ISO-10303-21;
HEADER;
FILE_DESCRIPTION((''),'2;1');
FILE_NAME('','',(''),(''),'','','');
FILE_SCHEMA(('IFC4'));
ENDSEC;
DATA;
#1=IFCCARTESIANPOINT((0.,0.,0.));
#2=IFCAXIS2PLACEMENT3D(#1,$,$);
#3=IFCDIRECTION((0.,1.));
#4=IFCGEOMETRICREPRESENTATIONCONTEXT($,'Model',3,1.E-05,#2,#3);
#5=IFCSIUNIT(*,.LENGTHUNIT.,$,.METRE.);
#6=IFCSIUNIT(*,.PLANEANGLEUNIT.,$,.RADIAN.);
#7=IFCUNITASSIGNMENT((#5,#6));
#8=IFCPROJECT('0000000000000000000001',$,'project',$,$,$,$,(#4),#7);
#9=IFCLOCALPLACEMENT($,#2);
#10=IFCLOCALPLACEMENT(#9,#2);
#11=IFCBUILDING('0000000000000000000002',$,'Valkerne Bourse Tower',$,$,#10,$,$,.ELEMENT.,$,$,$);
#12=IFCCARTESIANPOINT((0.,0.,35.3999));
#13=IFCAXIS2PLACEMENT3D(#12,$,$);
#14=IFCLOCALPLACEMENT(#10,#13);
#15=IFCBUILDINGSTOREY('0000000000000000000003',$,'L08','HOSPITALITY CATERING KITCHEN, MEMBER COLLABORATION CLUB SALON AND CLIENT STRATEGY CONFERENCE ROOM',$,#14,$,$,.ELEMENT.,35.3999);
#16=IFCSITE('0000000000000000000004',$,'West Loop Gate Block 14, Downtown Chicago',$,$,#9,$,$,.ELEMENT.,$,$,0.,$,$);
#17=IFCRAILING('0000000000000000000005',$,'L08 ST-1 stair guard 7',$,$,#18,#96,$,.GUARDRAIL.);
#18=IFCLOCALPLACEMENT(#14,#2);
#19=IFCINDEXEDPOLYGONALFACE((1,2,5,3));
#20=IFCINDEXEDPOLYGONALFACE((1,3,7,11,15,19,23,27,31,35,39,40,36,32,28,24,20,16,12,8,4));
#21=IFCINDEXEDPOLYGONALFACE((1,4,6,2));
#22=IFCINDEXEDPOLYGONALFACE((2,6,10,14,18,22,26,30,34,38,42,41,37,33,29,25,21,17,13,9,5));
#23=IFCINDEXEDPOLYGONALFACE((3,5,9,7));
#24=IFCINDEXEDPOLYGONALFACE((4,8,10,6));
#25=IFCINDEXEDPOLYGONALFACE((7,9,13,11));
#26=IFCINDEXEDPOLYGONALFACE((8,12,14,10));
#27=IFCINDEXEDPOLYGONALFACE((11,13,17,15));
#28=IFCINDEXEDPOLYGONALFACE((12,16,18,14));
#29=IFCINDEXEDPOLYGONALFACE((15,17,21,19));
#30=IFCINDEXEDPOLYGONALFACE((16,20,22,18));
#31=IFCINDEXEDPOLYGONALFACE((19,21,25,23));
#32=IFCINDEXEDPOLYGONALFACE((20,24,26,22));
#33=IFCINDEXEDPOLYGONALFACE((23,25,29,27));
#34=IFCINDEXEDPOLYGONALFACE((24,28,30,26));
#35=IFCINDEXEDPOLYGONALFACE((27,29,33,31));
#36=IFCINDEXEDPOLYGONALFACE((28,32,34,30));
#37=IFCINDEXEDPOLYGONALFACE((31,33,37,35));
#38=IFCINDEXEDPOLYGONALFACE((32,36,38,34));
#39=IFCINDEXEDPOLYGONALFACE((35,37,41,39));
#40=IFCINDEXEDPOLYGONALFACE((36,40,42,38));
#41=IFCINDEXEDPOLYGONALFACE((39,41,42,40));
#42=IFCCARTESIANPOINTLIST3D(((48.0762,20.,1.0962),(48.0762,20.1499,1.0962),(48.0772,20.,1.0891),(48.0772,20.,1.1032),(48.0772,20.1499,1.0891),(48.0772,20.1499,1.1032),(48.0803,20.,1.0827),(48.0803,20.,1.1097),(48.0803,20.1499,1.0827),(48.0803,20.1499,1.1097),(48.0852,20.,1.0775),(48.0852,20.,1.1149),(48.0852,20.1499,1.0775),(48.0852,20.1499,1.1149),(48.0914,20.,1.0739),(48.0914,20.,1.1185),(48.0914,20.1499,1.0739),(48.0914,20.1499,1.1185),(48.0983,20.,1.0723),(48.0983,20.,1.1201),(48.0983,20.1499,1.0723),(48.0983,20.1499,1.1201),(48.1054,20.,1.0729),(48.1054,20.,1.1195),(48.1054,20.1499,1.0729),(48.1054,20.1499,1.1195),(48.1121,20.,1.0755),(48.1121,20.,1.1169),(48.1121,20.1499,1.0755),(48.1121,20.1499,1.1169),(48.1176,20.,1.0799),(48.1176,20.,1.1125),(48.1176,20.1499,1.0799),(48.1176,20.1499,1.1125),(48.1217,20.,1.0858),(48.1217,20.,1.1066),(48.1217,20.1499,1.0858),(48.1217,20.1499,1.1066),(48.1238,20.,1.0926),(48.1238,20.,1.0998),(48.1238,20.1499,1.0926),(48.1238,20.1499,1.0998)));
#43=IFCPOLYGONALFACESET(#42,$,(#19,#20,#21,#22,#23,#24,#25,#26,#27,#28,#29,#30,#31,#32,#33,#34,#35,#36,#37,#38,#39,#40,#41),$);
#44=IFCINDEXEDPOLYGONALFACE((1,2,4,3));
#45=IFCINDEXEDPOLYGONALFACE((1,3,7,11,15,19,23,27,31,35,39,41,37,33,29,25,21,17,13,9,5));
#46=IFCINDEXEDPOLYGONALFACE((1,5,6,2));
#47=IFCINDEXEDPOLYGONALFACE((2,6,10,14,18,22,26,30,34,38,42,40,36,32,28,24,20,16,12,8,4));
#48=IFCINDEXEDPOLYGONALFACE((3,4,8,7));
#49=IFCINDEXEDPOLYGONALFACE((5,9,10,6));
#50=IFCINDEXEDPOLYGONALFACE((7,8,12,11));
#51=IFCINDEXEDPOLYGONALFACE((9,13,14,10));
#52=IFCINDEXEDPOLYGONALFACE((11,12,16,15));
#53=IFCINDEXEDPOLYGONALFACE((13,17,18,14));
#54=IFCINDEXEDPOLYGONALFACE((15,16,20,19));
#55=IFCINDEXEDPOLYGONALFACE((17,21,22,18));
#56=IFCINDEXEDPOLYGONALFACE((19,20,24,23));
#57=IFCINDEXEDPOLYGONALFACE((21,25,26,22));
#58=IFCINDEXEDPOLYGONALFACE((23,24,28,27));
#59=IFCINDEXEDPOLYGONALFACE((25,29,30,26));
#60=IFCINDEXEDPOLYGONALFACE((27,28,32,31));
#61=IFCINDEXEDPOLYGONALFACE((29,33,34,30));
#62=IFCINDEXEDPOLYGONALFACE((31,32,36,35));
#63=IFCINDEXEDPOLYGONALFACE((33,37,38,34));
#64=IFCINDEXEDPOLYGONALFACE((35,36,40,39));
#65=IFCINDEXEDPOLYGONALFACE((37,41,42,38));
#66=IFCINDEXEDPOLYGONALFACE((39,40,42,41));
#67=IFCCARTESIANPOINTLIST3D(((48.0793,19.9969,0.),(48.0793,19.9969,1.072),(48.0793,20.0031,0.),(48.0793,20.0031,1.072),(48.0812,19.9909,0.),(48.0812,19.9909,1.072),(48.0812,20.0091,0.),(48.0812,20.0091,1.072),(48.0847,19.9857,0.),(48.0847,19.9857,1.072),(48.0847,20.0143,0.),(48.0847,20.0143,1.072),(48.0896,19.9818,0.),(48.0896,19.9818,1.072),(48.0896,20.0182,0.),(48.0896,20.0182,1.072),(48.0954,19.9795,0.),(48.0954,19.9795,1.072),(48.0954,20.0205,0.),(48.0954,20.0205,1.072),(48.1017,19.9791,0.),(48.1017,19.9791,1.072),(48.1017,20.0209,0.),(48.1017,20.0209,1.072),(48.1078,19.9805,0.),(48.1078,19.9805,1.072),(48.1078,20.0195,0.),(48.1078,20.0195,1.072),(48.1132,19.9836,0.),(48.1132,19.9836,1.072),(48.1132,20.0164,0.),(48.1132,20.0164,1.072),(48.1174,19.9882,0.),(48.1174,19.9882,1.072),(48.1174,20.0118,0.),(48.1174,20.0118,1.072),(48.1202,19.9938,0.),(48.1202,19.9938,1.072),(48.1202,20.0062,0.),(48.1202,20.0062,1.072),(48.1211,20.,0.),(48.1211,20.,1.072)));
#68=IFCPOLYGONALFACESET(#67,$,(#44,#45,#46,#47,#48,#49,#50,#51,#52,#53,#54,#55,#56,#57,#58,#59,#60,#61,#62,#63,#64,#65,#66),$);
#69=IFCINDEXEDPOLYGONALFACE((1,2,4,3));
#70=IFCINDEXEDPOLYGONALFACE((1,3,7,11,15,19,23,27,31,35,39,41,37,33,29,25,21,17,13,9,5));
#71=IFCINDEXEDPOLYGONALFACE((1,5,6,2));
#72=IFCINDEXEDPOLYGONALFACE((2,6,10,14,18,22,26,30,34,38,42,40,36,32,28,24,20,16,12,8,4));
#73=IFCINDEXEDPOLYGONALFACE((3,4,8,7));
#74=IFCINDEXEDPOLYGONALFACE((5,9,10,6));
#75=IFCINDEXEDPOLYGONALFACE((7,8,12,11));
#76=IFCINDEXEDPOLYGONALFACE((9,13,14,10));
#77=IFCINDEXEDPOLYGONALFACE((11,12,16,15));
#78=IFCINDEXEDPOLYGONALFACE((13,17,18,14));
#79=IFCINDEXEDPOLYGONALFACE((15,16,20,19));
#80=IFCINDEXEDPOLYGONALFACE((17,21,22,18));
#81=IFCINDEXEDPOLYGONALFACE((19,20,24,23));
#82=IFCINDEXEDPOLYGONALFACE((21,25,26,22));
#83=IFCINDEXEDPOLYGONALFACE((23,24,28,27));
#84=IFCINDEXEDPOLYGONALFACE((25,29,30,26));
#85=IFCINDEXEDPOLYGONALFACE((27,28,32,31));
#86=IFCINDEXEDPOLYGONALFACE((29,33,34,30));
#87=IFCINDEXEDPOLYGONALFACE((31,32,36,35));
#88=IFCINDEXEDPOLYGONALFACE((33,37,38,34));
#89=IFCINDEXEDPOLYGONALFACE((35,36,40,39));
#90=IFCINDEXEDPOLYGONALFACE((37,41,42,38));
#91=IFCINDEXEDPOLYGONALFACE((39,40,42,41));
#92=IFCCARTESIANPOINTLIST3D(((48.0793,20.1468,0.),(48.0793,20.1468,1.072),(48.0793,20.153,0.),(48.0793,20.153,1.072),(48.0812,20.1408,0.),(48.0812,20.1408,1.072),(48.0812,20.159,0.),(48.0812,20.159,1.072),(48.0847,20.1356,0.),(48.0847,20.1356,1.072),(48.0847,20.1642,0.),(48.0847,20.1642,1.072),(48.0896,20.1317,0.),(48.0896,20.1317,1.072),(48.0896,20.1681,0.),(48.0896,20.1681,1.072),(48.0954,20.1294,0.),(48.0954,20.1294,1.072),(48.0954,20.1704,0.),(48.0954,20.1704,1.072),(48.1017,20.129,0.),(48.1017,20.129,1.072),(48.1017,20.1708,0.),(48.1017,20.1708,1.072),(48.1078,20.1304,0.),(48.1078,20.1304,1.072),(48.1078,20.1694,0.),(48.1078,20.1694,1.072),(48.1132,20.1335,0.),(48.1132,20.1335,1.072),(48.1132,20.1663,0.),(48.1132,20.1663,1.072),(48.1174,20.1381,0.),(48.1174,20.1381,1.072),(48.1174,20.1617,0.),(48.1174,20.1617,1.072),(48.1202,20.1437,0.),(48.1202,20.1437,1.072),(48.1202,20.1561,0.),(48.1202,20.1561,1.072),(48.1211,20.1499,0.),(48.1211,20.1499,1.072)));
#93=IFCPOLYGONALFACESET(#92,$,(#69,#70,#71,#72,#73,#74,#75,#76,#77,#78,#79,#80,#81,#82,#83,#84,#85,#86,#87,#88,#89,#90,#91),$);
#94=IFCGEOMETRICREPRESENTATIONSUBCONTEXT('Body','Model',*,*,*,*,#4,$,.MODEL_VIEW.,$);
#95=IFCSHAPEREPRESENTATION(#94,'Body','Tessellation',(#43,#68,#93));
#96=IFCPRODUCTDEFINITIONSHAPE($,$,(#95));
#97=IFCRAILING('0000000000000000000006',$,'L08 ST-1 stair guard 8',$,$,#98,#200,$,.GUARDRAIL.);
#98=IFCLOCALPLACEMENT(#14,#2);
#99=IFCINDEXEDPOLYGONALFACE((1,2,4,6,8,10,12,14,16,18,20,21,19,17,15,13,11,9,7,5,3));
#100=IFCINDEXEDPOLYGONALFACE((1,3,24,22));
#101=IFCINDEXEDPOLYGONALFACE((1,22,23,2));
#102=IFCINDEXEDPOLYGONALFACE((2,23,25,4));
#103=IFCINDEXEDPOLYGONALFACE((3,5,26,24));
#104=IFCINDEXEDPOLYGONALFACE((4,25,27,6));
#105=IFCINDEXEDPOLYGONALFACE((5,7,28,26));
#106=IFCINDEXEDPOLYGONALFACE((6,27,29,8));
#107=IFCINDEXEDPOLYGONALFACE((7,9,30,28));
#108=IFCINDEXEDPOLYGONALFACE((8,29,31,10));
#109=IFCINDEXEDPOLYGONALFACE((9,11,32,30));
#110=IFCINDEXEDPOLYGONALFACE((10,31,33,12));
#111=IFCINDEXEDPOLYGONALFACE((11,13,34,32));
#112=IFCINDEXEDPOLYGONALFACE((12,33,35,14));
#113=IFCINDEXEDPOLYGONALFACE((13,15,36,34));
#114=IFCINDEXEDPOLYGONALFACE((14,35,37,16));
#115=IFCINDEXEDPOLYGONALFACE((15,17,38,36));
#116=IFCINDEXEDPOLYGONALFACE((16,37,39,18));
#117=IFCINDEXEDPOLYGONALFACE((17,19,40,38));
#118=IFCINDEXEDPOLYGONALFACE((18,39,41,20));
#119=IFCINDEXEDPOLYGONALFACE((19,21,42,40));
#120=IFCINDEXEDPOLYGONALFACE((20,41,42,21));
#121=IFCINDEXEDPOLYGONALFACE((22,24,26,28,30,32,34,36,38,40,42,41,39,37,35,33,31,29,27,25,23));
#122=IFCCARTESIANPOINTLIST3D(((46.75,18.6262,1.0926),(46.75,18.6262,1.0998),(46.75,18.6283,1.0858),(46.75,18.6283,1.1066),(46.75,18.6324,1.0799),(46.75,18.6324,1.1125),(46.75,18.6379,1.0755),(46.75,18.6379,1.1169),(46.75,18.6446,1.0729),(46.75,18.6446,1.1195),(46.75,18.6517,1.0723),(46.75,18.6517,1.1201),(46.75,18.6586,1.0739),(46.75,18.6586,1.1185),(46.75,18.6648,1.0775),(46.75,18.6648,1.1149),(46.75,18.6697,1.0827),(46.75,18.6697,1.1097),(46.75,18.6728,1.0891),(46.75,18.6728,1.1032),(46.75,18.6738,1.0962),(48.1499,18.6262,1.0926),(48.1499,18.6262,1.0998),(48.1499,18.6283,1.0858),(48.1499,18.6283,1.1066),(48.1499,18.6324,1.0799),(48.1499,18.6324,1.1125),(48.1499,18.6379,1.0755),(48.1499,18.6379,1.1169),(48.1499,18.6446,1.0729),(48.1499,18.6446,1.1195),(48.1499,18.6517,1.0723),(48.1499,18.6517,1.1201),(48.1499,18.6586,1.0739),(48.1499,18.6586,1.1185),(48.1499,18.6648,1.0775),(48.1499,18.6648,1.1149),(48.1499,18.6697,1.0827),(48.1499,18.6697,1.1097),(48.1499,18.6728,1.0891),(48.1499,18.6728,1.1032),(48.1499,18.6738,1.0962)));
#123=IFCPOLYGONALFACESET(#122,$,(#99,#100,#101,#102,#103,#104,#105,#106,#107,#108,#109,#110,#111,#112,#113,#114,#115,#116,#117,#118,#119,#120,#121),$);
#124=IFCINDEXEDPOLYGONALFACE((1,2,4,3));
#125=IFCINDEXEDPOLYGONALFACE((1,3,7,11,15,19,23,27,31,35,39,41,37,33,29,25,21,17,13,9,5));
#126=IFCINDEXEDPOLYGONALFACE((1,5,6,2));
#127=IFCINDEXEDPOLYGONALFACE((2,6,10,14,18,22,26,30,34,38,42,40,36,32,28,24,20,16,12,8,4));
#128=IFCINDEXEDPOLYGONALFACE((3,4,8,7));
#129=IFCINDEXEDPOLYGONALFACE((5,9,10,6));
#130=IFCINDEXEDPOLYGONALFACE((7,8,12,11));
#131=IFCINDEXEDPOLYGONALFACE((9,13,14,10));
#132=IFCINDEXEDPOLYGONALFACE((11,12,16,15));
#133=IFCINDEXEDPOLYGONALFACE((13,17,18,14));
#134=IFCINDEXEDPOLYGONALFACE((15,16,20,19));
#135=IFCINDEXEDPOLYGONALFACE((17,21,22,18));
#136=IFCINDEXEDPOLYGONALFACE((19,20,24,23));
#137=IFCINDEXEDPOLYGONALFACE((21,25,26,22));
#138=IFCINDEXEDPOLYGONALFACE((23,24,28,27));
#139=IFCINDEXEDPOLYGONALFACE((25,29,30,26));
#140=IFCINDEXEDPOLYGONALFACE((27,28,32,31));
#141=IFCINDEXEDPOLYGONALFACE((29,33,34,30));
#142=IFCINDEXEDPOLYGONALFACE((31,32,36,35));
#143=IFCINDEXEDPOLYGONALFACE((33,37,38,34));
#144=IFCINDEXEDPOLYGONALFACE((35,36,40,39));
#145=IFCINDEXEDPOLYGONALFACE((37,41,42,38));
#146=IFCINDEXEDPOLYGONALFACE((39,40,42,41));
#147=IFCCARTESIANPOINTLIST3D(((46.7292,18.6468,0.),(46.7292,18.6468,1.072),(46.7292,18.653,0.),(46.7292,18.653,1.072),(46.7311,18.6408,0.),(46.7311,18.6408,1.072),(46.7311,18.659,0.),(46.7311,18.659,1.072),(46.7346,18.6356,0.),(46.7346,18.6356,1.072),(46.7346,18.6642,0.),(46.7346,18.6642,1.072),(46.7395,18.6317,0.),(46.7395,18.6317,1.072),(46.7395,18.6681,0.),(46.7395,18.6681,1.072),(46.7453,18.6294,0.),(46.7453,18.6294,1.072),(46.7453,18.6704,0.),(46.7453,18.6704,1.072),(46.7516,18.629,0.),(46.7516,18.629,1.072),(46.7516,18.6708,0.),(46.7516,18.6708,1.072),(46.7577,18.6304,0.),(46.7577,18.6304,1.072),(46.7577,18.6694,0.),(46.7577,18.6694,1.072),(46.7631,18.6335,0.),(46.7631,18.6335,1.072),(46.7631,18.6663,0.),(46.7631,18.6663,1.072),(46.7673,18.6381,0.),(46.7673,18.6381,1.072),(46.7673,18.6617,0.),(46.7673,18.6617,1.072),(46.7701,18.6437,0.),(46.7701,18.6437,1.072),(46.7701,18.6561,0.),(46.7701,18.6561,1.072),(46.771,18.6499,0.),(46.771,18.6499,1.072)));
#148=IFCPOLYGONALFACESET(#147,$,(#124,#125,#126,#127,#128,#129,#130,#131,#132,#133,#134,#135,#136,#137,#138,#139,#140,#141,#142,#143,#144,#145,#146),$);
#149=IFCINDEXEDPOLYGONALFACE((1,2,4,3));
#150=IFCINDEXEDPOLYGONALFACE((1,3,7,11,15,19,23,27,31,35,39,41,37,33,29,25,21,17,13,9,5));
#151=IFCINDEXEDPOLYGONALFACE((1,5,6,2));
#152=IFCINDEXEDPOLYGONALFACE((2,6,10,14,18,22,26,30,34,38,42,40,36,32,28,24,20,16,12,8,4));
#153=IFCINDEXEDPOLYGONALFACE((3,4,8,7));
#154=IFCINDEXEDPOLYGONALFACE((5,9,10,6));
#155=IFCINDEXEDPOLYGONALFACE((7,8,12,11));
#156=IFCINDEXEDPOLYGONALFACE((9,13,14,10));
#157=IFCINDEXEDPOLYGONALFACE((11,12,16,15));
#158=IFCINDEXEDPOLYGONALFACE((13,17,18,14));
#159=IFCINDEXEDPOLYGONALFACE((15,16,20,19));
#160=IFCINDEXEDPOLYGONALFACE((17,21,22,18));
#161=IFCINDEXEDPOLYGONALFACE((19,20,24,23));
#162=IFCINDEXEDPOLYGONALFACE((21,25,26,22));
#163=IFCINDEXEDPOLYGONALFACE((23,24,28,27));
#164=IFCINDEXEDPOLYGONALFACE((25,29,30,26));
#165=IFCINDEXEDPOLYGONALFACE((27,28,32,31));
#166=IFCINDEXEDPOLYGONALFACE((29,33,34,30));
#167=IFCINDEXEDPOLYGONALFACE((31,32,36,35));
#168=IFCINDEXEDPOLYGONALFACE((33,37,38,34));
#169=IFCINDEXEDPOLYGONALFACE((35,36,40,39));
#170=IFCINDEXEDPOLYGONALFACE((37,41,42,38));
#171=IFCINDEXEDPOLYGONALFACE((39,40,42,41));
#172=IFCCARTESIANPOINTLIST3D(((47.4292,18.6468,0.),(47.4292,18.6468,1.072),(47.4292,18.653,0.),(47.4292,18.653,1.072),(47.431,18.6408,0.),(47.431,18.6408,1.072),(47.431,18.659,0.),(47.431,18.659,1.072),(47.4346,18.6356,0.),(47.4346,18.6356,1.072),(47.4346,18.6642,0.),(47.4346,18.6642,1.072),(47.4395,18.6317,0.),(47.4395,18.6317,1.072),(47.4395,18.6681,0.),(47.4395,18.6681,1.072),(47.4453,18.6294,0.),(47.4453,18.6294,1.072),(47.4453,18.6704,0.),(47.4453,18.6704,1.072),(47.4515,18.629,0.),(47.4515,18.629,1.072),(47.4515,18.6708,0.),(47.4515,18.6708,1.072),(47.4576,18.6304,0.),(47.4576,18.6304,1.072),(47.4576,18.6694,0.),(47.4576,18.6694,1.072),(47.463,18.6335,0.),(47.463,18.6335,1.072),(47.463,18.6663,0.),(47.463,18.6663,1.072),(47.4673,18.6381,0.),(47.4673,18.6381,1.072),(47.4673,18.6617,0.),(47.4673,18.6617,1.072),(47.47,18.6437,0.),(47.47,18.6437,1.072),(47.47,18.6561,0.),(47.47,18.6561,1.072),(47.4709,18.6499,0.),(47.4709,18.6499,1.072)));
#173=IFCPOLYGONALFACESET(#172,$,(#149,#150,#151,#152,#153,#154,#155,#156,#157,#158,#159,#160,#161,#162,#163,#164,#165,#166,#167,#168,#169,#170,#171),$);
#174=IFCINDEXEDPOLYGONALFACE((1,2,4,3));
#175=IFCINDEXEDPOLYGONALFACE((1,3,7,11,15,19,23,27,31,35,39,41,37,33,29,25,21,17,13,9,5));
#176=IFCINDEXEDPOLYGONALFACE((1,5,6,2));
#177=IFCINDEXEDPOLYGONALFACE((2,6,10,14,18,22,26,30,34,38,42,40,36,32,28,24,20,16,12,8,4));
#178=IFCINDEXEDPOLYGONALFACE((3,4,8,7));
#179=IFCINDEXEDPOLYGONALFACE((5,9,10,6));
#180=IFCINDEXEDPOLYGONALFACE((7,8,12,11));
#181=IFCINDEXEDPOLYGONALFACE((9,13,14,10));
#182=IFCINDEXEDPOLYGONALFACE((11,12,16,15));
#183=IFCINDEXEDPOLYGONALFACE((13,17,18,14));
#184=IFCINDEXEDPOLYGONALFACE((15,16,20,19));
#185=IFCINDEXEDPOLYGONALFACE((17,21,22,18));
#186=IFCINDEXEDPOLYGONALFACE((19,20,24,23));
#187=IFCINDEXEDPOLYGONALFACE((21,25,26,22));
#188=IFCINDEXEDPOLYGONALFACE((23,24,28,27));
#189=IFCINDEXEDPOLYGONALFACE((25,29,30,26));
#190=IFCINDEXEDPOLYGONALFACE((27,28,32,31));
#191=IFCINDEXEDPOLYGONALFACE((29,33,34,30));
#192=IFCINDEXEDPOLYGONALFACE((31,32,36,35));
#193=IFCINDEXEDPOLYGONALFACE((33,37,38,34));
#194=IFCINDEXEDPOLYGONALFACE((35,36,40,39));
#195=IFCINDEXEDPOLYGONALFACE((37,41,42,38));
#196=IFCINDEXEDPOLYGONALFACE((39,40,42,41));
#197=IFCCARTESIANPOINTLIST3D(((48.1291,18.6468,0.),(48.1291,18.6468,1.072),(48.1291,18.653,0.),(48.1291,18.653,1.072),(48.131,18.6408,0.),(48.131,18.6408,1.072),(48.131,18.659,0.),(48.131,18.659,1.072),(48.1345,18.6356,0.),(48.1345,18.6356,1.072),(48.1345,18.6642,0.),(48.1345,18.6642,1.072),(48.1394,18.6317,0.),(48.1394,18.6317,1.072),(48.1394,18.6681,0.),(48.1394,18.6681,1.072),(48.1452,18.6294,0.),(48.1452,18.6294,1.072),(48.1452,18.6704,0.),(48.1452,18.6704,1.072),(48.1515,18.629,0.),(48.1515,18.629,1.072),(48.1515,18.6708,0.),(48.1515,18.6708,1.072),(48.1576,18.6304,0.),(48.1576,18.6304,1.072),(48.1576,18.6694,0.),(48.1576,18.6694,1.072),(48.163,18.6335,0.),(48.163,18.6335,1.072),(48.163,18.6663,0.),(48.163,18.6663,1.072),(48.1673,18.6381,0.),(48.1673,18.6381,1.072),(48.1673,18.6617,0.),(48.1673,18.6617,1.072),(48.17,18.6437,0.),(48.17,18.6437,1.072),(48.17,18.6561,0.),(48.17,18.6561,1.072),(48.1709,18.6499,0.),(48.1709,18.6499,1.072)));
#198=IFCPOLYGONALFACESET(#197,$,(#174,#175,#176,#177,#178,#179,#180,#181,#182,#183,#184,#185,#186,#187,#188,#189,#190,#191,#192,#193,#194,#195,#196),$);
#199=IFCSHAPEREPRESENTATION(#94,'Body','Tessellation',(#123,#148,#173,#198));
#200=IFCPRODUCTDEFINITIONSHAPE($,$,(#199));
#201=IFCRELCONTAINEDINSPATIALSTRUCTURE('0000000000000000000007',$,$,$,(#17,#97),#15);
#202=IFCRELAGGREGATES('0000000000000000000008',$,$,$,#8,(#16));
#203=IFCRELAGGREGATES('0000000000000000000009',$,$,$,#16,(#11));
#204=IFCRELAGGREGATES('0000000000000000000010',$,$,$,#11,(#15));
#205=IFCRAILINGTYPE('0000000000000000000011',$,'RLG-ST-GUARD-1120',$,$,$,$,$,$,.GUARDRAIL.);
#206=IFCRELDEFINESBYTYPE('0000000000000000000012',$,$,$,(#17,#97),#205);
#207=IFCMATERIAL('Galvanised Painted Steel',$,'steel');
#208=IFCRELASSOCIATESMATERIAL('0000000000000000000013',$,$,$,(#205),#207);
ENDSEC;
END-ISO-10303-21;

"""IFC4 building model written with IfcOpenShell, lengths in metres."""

from ifc_helpers import new_model, si_unit, direction, frame, origin, origin_2d, place, context, subcontext, project, spatial, circle, extrude, material, type_object, element, save


model = new_model("IFC4")

# Units and contexts
model_context = context("Model", 3, precision=1e-05, world=origin(), true_north=direction((0.0, 1.0)))
body_context = subcontext(model_context, "Body", "Model", "MODEL_VIEW")
ifc_project = project(units=[si_unit("LENGTHUNIT", "METRE"), si_unit("PLANEANGLEUNIT", "RADIAN")], contexts=[model_context])

# Site, building, storey
site_placement = place(None, origin())
site = spatial("IfcSite", under=ifc_project, at=site_placement, Name="West Loop Gate Block 14, Downtown Chicago", CompositionType="ELEMENT", RefElevation=0.0)
building_placement = place(site_placement, origin())
building = spatial("IfcBuilding", under=site, at=building_placement, Name="Valkerne Bourse Tower", CompositionType="ELEMENT")
storey_placement = place(building_placement, frame((0.0, 0.0, 35.3999)))
storey = spatial("IfcBuildingStorey", under=building, at=storey_placement, Name="L08", Description="HOSPITALITY CATERING KITCHEN, MEMBER COLLABORATION CLUB SALON AND CLIENT STRATEGY CONFERENCE ROOM", CompositionType="ELEMENT", Elevation=35.3999)

# Shared definitions
ifc_material_1 = material(Name="Galvanised Painted Steel", Category="steel")

# Railings
railing_type_1 = type_object("IfcRailingType", Name="RLG-ST-GUARD-1120", PredefinedType="GUARDRAIL", material=ifc_material_1)
railing_1_placement = place(storey_placement, frame((48.1001, 20.0, 0.0)))
element("IfcRailing", 1, at=railing_1_placement, inside=storey, type_object=railing_type_1, Name="L08 ST-1 stair guard 7", PredefinedType="GUARDRAIL", context=body_context, shape_type="SweptSolid", body=[
    extrude(circle(Radius=0.0239, at=origin_2d()), frame((0.0, 0.0, 1.0962), z_axis=(0.0, 1.0, 0.0), x_axis=(-1.0, 0.0, 0.0)), (0.0, 0.0, 1.0), 0.1499),
    extrude(circle(Radius=0.021, at=origin_2d()), origin(), (0.0, 0.0, 1.0), 1.072),
    extrude(circle(Radius=0.021, at=origin_2d()), frame((0.0, 0.1499, 0.0)), (0.0, 0.0, 1.0), 1.072),
])
for number, where, name in (
    (2, (46.75, 18.6499, 0.0), "L08 ST-1 stair guard 8"),
):
    element("IfcRailing", number, at=place(storey_placement, frame(where)), inside=storey, type_object=railing_type_1, Name=name, PredefinedType="GUARDRAIL", context=body_context, shape_type="SweptSolid", body=[
        extrude(circle(Radius=0.0239, at=origin_2d()), frame((0.0, 0.0, 1.0962), z_axis=(1.0, 0.0, 0.0), x_axis=(0.0, 1.0, 0.0)), (0.0, 0.0, 1.0), 1.3999),
        extrude(circle(Radius=0.021, at=origin_2d()), origin(), (0.0, 0.0, 1.0), 1.072),
        extrude(circle(Radius=0.021, at=origin_2d()), frame((0.7, 0.0, 0.0)), (0.0, 0.0, 1.0), 1.072),
        extrude(circle(Radius=0.021, at=origin_2d()), frame((1.3999, 0.0, 0.0)), (0.0, 0.0, 1.0), 1.072),
    ])

save(model, "model.ifc")
